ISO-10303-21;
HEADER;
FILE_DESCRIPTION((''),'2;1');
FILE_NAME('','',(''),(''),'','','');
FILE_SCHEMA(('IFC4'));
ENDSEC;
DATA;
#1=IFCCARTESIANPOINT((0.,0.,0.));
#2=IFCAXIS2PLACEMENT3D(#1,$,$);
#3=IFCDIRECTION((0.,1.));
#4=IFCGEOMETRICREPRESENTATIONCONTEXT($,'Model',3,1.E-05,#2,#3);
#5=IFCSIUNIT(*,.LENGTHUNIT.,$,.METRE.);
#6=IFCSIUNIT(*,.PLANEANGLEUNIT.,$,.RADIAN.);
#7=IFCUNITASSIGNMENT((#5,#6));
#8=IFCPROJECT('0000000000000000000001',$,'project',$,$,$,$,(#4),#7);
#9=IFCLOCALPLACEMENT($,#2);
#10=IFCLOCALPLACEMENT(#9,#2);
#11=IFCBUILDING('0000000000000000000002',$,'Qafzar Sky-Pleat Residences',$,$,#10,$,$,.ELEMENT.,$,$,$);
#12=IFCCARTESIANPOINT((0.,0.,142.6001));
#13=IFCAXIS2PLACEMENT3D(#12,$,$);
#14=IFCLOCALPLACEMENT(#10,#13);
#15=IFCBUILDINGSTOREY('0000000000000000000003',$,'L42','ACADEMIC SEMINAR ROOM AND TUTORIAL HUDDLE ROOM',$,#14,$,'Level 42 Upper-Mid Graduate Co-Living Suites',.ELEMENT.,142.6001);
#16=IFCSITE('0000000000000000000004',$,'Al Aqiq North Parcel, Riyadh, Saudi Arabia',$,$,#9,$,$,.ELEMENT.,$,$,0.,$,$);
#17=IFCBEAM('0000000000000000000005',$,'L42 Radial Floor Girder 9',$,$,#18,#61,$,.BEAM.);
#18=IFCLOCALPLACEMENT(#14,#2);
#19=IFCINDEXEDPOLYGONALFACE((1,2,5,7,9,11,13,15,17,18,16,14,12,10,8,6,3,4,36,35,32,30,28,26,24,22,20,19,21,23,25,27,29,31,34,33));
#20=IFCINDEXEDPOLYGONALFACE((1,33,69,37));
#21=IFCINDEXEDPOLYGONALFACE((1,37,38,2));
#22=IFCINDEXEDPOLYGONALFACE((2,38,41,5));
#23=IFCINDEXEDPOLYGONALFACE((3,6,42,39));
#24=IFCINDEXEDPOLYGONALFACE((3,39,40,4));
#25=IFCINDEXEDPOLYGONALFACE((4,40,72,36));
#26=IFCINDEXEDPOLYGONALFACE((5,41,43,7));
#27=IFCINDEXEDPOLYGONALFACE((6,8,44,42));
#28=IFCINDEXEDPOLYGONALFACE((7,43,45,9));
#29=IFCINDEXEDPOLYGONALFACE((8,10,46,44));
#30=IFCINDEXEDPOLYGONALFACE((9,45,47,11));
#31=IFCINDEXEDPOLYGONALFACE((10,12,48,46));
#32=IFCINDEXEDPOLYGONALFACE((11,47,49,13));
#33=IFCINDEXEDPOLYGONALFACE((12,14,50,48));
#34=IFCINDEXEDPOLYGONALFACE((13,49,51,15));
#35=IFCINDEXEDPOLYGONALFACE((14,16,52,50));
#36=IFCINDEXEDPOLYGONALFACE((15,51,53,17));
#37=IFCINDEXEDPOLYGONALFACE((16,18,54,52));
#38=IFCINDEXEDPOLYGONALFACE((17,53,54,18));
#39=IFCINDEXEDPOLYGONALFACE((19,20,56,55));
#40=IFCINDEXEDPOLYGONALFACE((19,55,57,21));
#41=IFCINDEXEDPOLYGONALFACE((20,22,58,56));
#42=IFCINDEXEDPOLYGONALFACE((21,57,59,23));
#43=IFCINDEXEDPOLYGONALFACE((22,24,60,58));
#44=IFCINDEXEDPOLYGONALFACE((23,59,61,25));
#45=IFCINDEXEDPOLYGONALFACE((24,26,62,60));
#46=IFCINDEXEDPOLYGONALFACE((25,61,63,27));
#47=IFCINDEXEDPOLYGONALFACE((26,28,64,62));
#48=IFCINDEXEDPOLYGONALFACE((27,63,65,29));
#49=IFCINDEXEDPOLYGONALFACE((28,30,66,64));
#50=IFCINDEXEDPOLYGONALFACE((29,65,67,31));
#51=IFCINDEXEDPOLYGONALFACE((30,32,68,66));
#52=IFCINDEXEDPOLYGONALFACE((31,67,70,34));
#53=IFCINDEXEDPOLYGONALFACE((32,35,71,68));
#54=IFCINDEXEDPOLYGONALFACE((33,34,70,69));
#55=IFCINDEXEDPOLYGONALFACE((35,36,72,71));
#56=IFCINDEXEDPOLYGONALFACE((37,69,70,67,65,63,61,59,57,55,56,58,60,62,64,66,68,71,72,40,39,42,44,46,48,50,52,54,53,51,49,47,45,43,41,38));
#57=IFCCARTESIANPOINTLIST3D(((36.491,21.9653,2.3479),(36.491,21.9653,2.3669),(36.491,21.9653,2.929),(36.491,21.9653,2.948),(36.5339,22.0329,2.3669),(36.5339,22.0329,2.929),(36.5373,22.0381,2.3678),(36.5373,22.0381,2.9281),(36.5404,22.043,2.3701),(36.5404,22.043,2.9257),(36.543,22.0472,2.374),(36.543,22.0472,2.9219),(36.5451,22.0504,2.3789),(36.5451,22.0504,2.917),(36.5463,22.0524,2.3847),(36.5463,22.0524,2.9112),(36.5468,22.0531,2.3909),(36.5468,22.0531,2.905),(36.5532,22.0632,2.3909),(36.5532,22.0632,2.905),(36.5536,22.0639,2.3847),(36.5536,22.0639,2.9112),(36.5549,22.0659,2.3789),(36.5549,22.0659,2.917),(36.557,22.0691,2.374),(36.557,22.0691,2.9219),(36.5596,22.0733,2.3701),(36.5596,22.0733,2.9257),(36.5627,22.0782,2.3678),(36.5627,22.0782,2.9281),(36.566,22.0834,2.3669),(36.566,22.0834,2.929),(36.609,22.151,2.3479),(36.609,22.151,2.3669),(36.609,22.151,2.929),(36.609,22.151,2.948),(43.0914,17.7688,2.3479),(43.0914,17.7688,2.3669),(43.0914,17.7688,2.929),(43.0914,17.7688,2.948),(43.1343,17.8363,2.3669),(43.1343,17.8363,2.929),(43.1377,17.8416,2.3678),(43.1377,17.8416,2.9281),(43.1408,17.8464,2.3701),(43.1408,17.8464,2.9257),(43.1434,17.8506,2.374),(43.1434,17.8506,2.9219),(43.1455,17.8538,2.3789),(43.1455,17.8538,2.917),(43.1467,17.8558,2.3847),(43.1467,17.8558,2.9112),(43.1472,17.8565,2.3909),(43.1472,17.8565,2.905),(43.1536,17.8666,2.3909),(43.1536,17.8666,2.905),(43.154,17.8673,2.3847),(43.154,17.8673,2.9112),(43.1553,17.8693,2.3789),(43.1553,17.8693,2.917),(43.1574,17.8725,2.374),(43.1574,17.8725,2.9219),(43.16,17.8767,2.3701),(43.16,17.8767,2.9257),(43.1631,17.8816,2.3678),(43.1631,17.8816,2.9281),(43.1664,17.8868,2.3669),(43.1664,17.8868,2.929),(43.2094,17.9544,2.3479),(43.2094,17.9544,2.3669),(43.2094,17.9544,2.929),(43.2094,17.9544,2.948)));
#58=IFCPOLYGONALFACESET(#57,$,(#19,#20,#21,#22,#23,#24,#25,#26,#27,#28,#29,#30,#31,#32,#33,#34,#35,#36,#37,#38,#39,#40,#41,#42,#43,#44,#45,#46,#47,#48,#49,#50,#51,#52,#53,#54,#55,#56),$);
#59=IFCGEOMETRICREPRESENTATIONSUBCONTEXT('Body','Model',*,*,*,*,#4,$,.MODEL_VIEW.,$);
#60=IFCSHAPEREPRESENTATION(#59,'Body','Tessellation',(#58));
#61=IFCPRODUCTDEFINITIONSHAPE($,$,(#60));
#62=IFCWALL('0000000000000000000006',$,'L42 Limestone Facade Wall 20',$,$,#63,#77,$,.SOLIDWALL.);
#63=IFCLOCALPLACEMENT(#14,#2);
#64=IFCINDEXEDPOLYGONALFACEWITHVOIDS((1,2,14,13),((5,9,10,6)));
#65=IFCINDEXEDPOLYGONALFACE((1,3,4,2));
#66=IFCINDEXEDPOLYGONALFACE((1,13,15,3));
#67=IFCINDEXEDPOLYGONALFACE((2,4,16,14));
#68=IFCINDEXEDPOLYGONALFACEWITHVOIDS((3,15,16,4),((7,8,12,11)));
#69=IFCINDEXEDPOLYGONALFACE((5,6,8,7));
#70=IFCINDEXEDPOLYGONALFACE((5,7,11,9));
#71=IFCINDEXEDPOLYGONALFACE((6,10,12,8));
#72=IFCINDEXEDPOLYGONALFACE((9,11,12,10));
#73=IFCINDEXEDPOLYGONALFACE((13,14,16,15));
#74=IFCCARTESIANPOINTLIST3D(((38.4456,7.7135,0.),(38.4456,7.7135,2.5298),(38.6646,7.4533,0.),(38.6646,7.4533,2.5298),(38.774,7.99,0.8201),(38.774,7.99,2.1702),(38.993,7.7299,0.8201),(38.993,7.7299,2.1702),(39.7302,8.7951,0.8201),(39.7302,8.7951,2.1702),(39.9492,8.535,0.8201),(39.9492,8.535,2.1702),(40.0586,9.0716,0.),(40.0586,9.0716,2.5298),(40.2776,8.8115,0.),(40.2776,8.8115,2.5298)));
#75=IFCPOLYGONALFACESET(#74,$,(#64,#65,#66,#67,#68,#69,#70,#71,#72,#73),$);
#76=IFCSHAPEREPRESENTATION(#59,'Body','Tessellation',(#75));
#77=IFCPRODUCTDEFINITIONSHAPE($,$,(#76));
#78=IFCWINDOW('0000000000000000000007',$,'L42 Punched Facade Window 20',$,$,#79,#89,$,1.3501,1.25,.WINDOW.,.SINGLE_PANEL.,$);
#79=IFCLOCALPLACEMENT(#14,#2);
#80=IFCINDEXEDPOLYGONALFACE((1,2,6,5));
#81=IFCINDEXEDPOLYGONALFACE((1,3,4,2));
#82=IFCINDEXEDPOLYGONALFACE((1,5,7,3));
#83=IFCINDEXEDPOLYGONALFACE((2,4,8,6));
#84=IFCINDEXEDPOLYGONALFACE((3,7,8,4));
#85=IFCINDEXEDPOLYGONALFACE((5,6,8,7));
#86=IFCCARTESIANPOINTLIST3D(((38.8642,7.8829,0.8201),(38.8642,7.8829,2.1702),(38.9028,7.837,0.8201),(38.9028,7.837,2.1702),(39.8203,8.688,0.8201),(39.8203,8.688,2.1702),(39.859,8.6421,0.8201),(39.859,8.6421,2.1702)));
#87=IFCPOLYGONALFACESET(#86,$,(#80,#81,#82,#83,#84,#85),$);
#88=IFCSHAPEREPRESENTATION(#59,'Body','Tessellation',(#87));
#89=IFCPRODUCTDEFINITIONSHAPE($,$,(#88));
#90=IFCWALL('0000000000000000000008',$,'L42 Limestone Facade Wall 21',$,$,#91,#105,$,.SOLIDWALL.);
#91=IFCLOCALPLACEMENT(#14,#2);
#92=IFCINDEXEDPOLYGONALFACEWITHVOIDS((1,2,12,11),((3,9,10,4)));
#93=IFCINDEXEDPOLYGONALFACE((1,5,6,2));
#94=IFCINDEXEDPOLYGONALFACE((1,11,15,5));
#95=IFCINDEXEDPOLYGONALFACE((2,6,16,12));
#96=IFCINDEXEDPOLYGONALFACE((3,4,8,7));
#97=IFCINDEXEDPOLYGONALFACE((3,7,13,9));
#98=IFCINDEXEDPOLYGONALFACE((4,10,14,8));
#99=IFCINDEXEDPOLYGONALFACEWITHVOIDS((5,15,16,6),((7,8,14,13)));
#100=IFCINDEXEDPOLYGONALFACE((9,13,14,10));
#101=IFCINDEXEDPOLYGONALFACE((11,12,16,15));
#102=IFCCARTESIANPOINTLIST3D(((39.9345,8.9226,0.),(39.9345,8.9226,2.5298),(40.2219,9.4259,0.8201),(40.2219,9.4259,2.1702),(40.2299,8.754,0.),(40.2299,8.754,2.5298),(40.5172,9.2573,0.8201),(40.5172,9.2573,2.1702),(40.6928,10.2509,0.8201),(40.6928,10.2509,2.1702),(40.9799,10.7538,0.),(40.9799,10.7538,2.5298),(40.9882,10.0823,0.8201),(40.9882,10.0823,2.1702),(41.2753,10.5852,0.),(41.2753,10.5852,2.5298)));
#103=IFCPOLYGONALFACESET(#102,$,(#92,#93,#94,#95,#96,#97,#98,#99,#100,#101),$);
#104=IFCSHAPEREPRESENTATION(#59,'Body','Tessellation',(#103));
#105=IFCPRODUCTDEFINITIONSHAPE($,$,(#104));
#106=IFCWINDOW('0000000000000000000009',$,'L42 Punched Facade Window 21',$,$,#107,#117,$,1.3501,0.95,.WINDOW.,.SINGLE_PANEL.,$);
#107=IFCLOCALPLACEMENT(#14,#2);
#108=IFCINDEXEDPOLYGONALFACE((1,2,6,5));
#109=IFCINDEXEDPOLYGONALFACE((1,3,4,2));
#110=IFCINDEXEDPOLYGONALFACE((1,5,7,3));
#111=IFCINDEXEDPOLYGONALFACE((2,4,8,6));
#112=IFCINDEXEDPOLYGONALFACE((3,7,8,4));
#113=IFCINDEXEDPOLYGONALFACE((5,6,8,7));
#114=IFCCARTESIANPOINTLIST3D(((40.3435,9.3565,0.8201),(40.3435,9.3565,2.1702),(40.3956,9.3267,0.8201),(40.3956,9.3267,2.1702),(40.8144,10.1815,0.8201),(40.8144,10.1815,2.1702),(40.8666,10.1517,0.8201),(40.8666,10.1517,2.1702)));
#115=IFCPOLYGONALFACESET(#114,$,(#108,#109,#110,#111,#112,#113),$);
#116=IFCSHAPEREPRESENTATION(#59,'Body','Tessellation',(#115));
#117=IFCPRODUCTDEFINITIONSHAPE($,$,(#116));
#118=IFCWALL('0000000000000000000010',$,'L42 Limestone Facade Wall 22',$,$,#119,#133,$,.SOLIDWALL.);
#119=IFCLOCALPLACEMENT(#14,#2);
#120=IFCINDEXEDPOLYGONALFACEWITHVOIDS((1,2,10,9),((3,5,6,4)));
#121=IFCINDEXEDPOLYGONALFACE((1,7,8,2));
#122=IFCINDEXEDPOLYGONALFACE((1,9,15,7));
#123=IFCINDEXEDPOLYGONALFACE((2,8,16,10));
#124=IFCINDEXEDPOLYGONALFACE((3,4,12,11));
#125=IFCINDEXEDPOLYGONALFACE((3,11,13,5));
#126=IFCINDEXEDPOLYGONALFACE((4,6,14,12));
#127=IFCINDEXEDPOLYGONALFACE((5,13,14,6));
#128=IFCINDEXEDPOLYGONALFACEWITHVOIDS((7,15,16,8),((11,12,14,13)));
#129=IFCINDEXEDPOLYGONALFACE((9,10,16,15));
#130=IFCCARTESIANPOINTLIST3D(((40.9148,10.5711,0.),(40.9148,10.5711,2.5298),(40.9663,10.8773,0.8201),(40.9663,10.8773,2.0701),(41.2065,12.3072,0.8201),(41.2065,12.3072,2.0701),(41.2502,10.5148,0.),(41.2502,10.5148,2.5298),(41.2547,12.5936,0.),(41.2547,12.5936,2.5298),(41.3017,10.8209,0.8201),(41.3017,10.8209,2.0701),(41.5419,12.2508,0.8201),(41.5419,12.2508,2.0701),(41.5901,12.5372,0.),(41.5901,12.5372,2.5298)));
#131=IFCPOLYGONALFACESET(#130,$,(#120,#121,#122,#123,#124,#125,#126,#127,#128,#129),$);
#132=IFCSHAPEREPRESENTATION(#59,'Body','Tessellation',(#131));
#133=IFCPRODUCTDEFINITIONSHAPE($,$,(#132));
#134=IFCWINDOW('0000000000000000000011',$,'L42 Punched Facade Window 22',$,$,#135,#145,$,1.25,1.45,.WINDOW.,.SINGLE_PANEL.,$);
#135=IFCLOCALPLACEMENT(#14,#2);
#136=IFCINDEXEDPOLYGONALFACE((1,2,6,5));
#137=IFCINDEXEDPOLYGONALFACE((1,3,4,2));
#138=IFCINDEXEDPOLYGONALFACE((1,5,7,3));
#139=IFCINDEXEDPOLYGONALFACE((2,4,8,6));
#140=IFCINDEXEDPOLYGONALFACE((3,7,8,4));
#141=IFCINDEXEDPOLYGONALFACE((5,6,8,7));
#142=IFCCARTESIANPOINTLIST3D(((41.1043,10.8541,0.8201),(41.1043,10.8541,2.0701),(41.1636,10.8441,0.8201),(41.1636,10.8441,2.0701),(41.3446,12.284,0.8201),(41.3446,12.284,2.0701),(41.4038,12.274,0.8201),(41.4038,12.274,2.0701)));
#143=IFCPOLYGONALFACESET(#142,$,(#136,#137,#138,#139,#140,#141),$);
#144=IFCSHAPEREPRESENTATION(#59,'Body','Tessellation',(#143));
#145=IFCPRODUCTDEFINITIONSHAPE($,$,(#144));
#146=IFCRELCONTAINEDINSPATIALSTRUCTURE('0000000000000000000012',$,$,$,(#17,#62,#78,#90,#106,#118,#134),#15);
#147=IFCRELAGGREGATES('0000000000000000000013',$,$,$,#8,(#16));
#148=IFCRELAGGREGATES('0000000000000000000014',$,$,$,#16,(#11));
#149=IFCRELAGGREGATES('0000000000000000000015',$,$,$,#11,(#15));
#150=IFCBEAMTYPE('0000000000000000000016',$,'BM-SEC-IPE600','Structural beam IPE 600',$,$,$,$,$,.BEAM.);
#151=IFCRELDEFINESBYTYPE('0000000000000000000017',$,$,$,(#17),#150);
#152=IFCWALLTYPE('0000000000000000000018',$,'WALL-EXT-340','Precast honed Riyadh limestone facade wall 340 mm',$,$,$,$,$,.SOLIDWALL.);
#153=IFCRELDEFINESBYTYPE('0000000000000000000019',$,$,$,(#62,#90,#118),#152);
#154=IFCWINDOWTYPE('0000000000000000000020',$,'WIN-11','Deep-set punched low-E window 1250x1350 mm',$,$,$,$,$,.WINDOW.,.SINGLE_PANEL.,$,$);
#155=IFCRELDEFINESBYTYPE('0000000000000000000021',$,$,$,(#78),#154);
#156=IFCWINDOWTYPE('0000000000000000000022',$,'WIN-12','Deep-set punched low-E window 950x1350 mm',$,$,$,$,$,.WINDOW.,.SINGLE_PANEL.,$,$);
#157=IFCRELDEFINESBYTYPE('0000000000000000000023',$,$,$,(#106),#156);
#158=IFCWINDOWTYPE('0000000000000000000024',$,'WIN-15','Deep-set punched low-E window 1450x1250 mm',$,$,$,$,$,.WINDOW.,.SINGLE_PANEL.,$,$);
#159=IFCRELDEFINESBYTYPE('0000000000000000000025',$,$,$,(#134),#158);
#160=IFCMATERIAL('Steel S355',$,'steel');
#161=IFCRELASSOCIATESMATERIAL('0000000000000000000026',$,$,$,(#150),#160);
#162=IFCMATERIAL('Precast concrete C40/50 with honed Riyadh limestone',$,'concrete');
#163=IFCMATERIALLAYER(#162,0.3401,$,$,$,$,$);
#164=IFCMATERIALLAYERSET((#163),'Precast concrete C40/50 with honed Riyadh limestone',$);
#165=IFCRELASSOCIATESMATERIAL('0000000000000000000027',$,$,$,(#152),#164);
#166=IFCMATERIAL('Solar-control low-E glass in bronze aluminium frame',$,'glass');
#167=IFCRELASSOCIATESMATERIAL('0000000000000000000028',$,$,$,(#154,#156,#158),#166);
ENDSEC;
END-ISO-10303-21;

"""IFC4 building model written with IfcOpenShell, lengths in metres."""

from ifc_helpers import new_model, si_unit, direction, frame, frame_2d, origin, origin_2d, place, context, subcontext, project, spatial, rectangle, i_section, extrude, source, transform, mapped, material, layer, layer_set, material_profile, profile_set, type_object, element, fill, save


model = new_model("IFC4")

# Units and contexts
model_context = context("Model", 3, precision=1e-05, world=origin(), true_north=direction((0.0, 1.0)))
body_context = subcontext(model_context, "Body", "Model", "MODEL_VIEW")
ifc_project = project(units=[si_unit("LENGTHUNIT", "METRE"), si_unit("PLANEANGLEUNIT", "RADIAN")], contexts=[model_context])

# Site, building, storey
site_placement = place(None, origin())
site = spatial("IfcSite", under=ifc_project, at=site_placement, Name="Al Aqiq North Parcel, Riyadh, Saudi Arabia", CompositionType="ELEMENT", RefElevation=0.0)
building_placement = place(site_placement, origin())
building = spatial("IfcBuilding", under=site, at=building_placement, Name="Qafzar Sky-Pleat Residences", CompositionType="ELEMENT")
storey_placement = place(building_placement, frame((0.0, 0.0, 142.6001)))
storey = spatial("IfcBuildingStorey", under=building, at=storey_placement, Name="L42", Description="ACADEMIC SEMINAR ROOM AND TUTORIAL HUDDLE ROOM", LongName="Level 42 Upper-Mid Graduate Co-Living Suites", CompositionType="ELEMENT", Elevation=142.6001)

# Shared definitions
ifc_material_1 = material(Name="Steel S355", Category="steel")

# Beam
ifc_material_profile_1 = material_profile(ifc_material_1, i_section(OverallWidth=0.22, OverallDepth=0.6001, WebThickness=0.012, FlangeThickness=0.019, FilletRadius=0.0239, at=origin_2d()), Name="IPE 600")
ifc_profile_set_1 = profile_set([ifc_material_profile_1], Name="Steel S355")
beam_type_1 = type_object("IfcBeamType", Name="BM-SEC-IPE600", Description="Structural beam IPE 600", PredefinedType="BEAM", material=ifc_profile_set_1)
shared_shape_1 = source(origin(), body_context, "Body", "SweptSolid", [
    extrude(i_section(OverallWidth=0.22, OverallDepth=0.6001, WebThickness=0.012, FlangeThickness=0.019, FilletRadius=0.0239, at=origin_2d()), origin(), (0.0, 0.0, 1.0), 7.8215),
])
beam_1_placement = place(storey_placement, frame((43.1504, 17.8616, 2.6479), z_axis=(-0.843875, 0.53654, 0.0), x_axis=(-0.53654, -0.843875, 0.0)))
element("IfcBeam", 1, at=beam_1_placement, inside=storey, type_object=beam_type_1, Name="L42 Radial Floor Girder 9", PredefinedType="BEAM", context=body_context, shape_type="MappedRepresentation", body=[
    mapped(shared_shape_1, transform((0.0, 0.0, 0.0), x_axis=(1.0, 0.0, 0.0), y_axis=(0.0, 1.0, 0.0), z_axis=(0.0, 0.0, 1.0), scale=1.0)),
])

# Walls, openings, windows
ifc_material_2 = material(Name="Precast concrete C40/50 with honed Riyadh limestone", Category="concrete")
ifc_layer_1 = layer(ifc_material_2, 0.3401)
ifc_layer_set_1 = layer_set([ifc_layer_1], Name="Precast concrete C40/50 with honed Riyadh limestone")
wall_type = type_object("IfcWallType", Name="WALL-EXT-340", Description="Precast honed Riyadh limestone facade wall 340 mm", PredefinedType="SOLIDWALL", material=ifc_layer_set_1)
wall_1_placement = place(storey_placement, frame((38.5552, 7.5835, 0.0), z_axis=(0.0, 0.0, 1.0), x_axis=(0.764956, 0.644082, 0.0)))
wall_1 = element("IfcWall", 2, at=wall_1_placement, inside=storey, type_object=wall_type, Name="L42 Limestone Facade Wall 20", PredefinedType="SOLIDWALL", context=body_context, shape_type="SweptSolid", body=[
    extrude(rectangle(XDim=2.1086, YDim=0.3401, at=frame_2d((1.0542, 0.0))), origin(), (0.0, 0.0, 1.0), 2.5298),
])
opening_1_placement = place(wall_1_placement, frame((0.4292, 0.0, 0.8201)))
opening_1 = element("IfcOpeningElement", 3, at=opening_1_placement, cuts=wall_1, PredefinedType="OPENING", context=body_context, shape_type="SweptSolid", body=[
    extrude(rectangle(XDim=1.25, YDim=1.3501, at=frame_2d((0.625, 0.675))), frame((0.0, 0.1802, 0.0), z_axis=(0.0, -1.0, 0.0), x_axis=(1.0, 0.0, 0.0)), (0.0, 0.0, 1.0), 0.3601),
])
ifc_material_3 = material(Name="Solar-control low-E glass in bronze aluminium frame", Category="glass")
window_type_1 = type_object("IfcWindowType", Name="WIN-11", Description="Deep-set punched low-E window 1250x1350 mm", PartitioningType="SINGLE_PANEL", PredefinedType="WINDOW", material=ifc_material_3)
shared_shape_2 = source(origin(), body_context, "Body", "SweptSolid", [
    extrude(rectangle(XDim=1.25, YDim=1.3501, at=frame_2d((0.625, 0.675))), frame((0.0, 0.03, 0.0), z_axis=(0.0, -1.0, 0.0), x_axis=(1.0, 0.0, 0.0)), (0.0, 0.0, 1.0), 0.0601),
])
window_1_placement = place(opening_1_placement, origin())
window_1 = element("IfcWindow", 4, at=window_1_placement, inside=storey, type_object=window_type_1, Name="L42 Punched Facade Window 20", OverallHeight=1.3501, OverallWidth=1.25, PartitioningType="SINGLE_PANEL", PredefinedType="WINDOW", context=body_context, shape_type="MappedRepresentation", body=[
    mapped(shared_shape_2, transform((0.0, 0.0, 0.0), x_axis=(1.0, 0.0, 0.0), y_axis=(0.0, 1.0, 0.0), z_axis=(0.0, 0.0, 1.0), scale=1.0)),
])
fill(opening_1, window_1)
wall_2_placement = place(storey_placement, frame((40.0823, 8.8384, 0.0), z_axis=(0.0, 0.0, 1.0), x_axis=(0.495765, 0.868457, 0.0)))
wall_2 = element("IfcWall", 5, at=wall_2_placement, inside=storey, type_object=wall_type, Name="L42 Limestone Facade Wall 21", PredefinedType="SOLIDWALL", context=body_context, shape_type="SweptSolid", body=[
    extrude(rectangle(XDim=2.1086, YDim=0.3401, at=frame_2d((1.0542, 0.0))), origin(), (0.0, 0.0, 1.0), 2.5298),
])
opening_2_placement = place(wall_2_placement, frame((0.5793, 0.0, 0.8201)))
opening_2 = element("IfcOpeningElement", 6, at=opening_2_placement, cuts=wall_2, PredefinedType="OPENING", context=body_context, shape_type="SweptSolid", body=[
    extrude(rectangle(XDim=0.95, YDim=1.3501, at=frame_2d((0.4751, 0.675))), frame((0.0, 0.1802, 0.0), z_axis=(0.0, -1.0, 0.0), x_axis=(1.0, 0.0, 0.0)), (0.0, 0.0, 1.0), 0.3601),
])
window_type_2 = type_object("IfcWindowType", Name="WIN-12", Description="Deep-set punched low-E window 950x1350 mm", PartitioningType="SINGLE_PANEL", PredefinedType="WINDOW", material=ifc_material_3)
shared_shape_3 = source(origin(), body_context, "Body", "SweptSolid", [
    extrude(rectangle(XDim=0.95, YDim=1.3501, at=frame_2d((0.4751, 0.675))), frame((0.0, 0.03, 0.0), z_axis=(0.0, -1.0, 0.0), x_axis=(1.0, 0.0, 0.0)), (0.0, 0.0, 1.0), 0.0601),
])
window_2_placement = place(opening_2_placement, origin())
window_2 = element("IfcWindow", 7, at=window_2_placement, inside=storey, type_object=window_type_2, Name="L42 Punched Facade Window 21", OverallHeight=1.3501, OverallWidth=0.95, PartitioningType="SINGLE_PANEL", PredefinedType="WINDOW", context=body_context, shape_type="MappedRepresentation", body=[
    mapped(shared_shape_3, transform((0.0, 0.0, 0.0), x_axis=(1.0, 0.0, 0.0), y_axis=(0.0, 1.0, 0.0), z_axis=(0.0, 0.0, 1.0), scale=1.0)),
])
fill(opening_2, window_2)
wall_3_placement = place(storey_placement, frame((41.0825, 10.543, 0.0), z_axis=(0.0, 0.0, 1.0), x_axis=(0.165712, 0.986174, 0.0)))
wall_3 = element("IfcWall", 8, at=wall_3_placement, inside=storey, type_object=wall_type, Name="L42 Limestone Facade Wall 22", PredefinedType="SOLIDWALL", context=body_context, shape_type="SweptSolid", body=[
    extrude(rectangle(XDim=2.0508, YDim=0.3401, at=frame_2d((1.0254, 0.0))), origin(), (0.0, 0.0, 1.0), 2.5298),
])
opening_3_placement = place(wall_3_placement, frame((0.3103, 0.0, 0.8201)))
opening_3 = element("IfcOpeningElement", 9, at=opening_3_placement, cuts=wall_3, PredefinedType="OPENING", context=body_context, shape_type="SweptSolid", body=[
    extrude(rectangle(XDim=1.45, YDim=1.25, at=frame_2d((0.7251, 0.625))), frame((0.0, 0.1802, 0.0), z_axis=(0.0, -1.0, 0.0), x_axis=(1.0, 0.0, 0.0)), (0.0, 0.0, 1.0), 0.3601),
])
window_type_3 = type_object("IfcWindowType", Name="WIN-15", Description="Deep-set punched low-E window 1450x1250 mm", PartitioningType="SINGLE_PANEL", PredefinedType="WINDOW", material=ifc_material_3)
shared_shape_4 = source(origin(), body_context, "Body", "SweptSolid", [
    extrude(rectangle(XDim=1.45, YDim=1.25, at=frame_2d((0.7251, 0.625))), frame((0.0, 0.03, 0.0), z_axis=(0.0, -1.0, 0.0), x_axis=(1.0, 0.0, 0.0)), (0.0, 0.0, 1.0), 0.0601),
])
window_3_placement = place(opening_3_placement, origin())
window_3 = element("IfcWindow", 10, at=window_3_placement, inside=storey, type_object=window_type_3, Name="L42 Punched Facade Window 22", OverallHeight=1.25, OverallWidth=1.45, PartitioningType="SINGLE_PANEL", PredefinedType="WINDOW", context=body_context, shape_type="MappedRepresentation", body=[
    mapped(shared_shape_4, transform((0.0, 0.0, 0.0), x_axis=(1.0, 0.0, 0.0), y_axis=(0.0, 1.0, 0.0), z_axis=(0.0, 0.0, 1.0), scale=1.0)),
])
fill(opening_3, window_3)

save(model, "model.ifc")
